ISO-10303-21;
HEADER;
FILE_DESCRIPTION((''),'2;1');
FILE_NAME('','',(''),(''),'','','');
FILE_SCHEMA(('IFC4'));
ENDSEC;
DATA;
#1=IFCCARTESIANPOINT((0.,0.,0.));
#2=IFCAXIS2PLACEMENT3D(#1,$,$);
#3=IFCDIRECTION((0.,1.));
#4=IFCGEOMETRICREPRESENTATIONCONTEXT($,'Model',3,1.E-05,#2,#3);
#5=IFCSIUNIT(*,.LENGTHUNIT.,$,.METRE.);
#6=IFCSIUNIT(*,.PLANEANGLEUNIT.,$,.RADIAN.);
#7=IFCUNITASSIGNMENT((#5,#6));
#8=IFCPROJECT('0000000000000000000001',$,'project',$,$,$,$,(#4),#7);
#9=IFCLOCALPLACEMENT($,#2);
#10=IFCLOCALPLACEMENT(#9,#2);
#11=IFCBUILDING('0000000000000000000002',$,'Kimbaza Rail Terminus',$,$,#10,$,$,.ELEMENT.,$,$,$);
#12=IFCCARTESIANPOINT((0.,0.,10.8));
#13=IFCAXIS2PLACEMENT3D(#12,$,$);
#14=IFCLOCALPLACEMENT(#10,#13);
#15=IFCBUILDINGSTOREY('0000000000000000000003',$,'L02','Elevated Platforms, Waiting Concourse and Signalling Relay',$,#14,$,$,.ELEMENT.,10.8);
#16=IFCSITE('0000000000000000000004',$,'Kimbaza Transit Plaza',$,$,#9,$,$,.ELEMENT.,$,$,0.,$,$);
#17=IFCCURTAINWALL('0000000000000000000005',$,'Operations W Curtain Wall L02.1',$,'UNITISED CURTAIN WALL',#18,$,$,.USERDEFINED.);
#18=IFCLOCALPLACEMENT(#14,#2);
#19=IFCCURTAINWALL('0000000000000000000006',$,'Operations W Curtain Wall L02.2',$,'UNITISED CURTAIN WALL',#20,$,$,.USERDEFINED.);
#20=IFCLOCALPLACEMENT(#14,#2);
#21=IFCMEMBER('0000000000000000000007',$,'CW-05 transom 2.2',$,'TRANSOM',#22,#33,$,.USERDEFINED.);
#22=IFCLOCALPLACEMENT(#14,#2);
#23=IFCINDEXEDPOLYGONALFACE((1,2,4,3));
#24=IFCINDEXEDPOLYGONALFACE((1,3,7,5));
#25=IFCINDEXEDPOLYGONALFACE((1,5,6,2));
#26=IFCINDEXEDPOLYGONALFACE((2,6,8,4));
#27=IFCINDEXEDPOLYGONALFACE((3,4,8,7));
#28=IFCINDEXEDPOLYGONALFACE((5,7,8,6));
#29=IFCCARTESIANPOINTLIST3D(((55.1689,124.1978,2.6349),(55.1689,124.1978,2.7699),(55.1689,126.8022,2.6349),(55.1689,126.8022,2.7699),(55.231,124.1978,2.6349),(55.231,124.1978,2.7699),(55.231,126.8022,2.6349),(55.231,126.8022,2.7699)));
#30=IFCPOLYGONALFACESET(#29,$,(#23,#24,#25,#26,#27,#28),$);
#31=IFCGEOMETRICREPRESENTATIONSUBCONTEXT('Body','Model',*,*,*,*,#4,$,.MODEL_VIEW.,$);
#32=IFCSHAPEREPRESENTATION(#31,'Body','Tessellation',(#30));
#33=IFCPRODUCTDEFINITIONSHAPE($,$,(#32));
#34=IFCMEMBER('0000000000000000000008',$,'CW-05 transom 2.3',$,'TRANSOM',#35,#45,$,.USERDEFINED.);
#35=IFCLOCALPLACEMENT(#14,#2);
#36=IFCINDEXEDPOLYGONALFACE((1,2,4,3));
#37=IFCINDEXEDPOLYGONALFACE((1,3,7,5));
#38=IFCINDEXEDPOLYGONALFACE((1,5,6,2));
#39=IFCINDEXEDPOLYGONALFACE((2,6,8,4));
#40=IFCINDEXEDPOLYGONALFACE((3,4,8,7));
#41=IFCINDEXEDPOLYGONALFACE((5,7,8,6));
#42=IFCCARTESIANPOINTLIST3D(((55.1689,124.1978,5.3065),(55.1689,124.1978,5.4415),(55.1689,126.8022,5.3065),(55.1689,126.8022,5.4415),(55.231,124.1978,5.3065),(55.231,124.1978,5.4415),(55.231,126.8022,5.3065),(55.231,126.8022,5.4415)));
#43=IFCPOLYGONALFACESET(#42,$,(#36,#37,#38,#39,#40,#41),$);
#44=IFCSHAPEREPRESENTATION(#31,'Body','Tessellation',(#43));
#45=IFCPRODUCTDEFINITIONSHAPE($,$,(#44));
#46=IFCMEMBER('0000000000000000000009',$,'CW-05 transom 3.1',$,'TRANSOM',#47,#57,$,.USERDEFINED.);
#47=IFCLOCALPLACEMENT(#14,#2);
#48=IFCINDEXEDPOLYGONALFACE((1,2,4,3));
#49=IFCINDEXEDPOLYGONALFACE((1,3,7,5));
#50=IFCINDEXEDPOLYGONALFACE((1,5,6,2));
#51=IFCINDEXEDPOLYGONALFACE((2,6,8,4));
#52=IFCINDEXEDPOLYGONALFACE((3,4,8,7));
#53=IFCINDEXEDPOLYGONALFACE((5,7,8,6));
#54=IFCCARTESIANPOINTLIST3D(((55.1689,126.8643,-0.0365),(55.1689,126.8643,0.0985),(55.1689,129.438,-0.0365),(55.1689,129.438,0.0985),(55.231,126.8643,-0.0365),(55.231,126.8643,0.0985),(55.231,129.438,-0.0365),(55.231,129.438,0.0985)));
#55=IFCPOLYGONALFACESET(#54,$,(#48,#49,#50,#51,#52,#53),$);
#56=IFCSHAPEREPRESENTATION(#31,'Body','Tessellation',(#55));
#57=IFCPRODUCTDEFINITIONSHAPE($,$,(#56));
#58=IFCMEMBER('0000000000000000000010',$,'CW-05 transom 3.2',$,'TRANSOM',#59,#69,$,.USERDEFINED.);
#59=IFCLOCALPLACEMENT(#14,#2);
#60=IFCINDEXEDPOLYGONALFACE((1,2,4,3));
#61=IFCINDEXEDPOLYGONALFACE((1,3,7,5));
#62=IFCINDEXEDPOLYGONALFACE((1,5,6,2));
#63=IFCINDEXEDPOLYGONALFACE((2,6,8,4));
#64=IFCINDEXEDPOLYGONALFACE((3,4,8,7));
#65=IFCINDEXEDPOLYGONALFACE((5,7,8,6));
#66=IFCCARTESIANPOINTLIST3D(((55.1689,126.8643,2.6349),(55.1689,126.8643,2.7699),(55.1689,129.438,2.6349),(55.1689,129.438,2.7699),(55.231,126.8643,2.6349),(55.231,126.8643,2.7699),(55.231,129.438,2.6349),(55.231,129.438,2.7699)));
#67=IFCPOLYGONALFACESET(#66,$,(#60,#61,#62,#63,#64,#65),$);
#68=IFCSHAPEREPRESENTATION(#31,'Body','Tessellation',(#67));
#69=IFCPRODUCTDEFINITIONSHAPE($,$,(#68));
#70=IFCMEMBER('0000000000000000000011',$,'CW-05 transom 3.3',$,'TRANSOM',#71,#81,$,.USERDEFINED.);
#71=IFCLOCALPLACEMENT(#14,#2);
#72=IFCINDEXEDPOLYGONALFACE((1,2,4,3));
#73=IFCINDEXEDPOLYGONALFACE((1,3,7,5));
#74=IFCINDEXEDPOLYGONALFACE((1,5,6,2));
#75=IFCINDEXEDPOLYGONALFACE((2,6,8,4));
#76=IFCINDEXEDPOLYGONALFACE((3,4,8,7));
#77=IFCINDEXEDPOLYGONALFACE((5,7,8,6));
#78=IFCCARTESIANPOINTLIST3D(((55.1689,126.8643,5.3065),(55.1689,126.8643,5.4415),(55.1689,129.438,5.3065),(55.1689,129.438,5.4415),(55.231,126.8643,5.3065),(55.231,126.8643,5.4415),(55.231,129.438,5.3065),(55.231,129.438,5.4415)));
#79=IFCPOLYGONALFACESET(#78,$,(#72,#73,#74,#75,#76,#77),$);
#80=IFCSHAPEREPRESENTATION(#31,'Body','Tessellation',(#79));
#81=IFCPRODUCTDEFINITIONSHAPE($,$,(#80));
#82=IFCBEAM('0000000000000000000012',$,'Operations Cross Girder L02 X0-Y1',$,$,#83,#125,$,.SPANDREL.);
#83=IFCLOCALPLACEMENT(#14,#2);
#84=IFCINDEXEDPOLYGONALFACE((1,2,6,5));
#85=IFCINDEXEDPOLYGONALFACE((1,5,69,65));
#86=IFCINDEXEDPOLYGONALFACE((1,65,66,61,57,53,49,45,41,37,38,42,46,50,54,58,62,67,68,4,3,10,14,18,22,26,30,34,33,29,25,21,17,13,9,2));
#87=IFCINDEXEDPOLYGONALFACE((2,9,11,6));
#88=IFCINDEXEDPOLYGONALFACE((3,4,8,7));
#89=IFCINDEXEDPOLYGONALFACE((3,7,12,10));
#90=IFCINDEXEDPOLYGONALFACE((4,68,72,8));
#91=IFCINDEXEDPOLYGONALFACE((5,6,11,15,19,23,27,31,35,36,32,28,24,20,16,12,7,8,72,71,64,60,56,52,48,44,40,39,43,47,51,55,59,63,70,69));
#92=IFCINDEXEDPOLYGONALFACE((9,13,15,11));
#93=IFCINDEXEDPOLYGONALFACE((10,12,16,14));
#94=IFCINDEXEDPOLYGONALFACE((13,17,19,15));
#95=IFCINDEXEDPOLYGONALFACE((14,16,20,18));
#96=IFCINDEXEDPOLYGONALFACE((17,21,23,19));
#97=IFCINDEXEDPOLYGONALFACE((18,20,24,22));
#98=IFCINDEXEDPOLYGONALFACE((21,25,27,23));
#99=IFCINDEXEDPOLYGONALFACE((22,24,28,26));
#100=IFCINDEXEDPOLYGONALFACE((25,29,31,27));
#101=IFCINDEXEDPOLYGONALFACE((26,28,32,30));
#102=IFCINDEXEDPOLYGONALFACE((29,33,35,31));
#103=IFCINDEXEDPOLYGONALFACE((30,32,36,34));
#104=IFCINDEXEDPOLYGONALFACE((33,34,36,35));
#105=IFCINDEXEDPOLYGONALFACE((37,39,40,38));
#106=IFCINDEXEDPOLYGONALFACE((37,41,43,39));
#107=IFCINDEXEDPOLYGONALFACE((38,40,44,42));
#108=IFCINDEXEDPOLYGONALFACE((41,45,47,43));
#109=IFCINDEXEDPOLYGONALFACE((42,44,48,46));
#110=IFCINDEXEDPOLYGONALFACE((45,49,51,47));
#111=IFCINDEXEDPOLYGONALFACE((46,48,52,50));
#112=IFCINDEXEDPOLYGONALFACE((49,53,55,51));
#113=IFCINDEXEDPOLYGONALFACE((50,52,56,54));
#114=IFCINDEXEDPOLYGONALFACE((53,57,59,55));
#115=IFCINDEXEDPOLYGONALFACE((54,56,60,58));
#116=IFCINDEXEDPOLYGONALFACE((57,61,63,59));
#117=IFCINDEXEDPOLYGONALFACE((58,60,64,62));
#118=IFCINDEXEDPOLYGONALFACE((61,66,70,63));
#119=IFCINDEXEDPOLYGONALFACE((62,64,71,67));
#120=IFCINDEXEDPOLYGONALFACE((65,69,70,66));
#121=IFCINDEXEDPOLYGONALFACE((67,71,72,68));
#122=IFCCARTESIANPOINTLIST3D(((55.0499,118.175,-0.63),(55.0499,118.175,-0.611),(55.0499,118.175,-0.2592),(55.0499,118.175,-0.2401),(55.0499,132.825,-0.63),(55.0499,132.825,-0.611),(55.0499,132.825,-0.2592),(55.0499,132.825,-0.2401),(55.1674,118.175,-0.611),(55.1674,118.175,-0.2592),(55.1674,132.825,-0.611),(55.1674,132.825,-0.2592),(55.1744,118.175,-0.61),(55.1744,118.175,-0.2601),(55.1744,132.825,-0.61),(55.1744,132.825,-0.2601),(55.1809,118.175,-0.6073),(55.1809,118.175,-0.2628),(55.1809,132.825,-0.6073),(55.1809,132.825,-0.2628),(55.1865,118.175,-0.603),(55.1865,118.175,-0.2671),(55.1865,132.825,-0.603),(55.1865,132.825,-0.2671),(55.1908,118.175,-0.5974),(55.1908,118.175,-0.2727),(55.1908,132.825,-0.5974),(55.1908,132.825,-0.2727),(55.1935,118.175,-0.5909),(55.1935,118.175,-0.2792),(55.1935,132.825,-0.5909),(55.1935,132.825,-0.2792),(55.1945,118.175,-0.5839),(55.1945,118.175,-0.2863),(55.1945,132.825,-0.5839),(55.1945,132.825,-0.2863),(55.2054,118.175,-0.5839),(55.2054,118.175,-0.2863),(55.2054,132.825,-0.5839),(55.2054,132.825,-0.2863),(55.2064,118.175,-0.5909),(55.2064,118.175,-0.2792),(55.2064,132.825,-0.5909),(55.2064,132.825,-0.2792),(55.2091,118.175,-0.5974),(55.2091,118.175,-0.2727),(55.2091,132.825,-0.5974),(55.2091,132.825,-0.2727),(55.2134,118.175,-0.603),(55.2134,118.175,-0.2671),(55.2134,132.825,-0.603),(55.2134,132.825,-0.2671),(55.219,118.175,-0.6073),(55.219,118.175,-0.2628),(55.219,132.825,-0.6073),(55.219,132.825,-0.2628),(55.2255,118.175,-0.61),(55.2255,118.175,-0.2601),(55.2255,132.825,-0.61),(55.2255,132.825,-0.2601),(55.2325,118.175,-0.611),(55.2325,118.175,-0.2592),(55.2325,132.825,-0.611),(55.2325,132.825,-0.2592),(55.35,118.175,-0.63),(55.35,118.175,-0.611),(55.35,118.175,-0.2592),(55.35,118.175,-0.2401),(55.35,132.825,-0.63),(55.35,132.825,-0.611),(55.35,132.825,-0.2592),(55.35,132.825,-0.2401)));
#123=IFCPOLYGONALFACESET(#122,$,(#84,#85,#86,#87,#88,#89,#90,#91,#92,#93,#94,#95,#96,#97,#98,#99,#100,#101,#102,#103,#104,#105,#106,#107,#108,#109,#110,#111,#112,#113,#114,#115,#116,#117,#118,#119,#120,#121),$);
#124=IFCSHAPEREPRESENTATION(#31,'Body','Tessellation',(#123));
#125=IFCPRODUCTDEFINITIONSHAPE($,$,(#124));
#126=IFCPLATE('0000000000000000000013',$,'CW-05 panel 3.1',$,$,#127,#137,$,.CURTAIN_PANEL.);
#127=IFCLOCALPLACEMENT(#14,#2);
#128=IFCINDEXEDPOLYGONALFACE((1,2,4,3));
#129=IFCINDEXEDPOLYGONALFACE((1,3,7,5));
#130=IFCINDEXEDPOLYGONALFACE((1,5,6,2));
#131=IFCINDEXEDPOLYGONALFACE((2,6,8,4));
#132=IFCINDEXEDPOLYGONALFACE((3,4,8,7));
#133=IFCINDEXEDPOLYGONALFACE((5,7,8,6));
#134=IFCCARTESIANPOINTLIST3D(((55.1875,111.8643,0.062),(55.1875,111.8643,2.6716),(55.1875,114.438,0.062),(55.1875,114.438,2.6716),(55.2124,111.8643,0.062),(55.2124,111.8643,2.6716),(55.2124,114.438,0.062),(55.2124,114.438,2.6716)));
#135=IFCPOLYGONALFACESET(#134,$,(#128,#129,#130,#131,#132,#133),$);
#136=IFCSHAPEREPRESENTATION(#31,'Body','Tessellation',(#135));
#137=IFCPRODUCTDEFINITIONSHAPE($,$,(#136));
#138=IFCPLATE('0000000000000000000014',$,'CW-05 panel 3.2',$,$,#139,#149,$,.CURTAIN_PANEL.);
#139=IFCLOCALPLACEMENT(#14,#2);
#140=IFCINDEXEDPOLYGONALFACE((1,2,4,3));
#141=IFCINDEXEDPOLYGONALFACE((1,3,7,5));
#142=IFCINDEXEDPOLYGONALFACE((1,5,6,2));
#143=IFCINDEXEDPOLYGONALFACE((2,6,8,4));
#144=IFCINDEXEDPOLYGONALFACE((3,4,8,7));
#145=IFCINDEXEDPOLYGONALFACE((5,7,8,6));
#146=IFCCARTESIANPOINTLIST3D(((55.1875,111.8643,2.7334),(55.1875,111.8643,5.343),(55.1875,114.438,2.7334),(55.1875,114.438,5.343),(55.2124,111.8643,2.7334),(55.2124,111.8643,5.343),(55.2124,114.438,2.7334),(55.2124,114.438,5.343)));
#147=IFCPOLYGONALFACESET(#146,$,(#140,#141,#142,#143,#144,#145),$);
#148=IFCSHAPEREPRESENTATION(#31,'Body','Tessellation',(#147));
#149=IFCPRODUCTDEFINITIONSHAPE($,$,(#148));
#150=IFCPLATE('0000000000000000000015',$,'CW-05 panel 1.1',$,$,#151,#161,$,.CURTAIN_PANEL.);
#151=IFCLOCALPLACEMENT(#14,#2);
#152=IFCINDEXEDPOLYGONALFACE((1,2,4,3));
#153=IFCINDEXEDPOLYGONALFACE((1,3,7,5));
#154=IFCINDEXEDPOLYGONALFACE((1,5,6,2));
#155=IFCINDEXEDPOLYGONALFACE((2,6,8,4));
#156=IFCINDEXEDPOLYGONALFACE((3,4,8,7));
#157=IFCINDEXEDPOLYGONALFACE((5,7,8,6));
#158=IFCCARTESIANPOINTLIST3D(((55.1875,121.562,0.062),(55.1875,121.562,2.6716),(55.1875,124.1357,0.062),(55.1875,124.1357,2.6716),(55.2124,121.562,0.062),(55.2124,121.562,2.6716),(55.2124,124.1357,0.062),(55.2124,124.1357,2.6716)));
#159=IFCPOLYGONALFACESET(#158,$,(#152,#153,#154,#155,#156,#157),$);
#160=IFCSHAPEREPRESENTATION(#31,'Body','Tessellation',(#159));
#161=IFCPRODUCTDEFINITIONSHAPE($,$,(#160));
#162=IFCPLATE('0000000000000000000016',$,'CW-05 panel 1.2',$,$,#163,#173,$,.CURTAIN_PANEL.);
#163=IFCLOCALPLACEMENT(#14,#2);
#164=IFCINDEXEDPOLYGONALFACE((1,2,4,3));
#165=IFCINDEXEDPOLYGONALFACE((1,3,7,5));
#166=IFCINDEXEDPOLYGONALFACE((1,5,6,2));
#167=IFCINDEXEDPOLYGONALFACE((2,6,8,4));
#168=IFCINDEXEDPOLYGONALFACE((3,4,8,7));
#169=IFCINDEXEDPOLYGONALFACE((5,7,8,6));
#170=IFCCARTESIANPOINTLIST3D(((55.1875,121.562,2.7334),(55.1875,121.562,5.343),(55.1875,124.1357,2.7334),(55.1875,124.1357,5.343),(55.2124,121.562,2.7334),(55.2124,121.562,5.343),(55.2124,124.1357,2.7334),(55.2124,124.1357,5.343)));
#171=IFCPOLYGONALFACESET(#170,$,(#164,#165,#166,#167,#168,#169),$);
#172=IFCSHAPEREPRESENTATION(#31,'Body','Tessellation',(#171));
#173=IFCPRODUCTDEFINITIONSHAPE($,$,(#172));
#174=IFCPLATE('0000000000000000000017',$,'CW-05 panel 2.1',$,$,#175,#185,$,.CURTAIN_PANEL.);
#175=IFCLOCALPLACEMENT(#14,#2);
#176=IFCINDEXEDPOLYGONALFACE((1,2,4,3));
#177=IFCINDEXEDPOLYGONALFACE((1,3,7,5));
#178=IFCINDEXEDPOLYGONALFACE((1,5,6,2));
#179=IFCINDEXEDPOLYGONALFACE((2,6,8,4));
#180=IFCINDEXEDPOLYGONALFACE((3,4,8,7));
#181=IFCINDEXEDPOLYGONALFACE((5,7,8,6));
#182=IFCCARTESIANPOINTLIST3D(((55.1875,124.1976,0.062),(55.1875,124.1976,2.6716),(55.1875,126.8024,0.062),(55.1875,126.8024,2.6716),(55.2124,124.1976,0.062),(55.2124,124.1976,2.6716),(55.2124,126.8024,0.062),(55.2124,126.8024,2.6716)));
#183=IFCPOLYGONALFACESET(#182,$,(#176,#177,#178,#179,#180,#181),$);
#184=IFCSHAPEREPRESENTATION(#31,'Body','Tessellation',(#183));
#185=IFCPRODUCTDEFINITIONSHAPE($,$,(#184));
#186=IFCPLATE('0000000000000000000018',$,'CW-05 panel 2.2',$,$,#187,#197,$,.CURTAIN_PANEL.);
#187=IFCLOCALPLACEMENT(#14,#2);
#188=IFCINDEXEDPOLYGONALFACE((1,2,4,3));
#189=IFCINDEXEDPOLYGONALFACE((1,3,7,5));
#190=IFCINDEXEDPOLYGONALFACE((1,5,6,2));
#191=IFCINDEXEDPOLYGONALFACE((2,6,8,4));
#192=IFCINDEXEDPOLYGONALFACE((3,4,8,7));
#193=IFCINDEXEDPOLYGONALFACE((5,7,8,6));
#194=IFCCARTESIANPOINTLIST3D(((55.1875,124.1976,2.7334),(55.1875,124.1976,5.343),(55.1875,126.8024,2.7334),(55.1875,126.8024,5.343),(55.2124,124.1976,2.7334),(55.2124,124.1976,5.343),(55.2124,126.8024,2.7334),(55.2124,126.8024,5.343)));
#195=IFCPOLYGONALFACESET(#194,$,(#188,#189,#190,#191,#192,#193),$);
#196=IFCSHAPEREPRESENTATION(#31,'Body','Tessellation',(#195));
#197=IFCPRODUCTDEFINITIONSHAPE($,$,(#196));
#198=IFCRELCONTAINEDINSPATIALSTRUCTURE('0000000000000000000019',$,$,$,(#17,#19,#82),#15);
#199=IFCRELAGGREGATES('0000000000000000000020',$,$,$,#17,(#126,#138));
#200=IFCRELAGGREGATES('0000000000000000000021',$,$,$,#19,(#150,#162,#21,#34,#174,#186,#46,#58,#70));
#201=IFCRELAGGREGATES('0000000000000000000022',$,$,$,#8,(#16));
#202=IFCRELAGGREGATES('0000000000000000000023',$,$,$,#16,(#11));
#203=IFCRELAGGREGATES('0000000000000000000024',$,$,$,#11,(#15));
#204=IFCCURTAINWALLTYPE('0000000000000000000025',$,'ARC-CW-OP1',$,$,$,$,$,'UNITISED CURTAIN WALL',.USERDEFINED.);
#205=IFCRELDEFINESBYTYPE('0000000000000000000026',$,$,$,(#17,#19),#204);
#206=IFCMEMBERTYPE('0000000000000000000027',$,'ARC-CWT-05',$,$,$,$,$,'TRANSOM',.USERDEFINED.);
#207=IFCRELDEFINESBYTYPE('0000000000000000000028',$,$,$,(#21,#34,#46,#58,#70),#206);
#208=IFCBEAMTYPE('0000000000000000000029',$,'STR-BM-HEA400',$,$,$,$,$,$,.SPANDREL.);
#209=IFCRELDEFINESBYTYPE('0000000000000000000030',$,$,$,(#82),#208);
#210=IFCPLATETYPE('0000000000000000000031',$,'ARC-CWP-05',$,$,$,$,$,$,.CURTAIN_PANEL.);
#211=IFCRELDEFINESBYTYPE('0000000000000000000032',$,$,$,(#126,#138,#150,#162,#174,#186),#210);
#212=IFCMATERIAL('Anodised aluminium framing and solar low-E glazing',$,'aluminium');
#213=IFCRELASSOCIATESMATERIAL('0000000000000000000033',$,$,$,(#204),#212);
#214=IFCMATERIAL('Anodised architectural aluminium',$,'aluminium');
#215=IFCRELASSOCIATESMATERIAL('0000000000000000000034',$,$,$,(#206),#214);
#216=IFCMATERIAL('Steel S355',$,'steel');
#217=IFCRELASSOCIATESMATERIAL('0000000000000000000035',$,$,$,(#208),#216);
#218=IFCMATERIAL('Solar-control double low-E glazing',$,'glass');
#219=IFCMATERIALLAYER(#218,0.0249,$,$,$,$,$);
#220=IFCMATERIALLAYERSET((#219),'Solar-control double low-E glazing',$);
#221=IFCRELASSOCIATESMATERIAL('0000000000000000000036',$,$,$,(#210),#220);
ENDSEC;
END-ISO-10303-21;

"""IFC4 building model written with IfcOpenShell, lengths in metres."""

from ifc_helpers import new_model, si_unit, direction, frame, origin, origin_2d, place, context, subcontext, project, spatial, rectangle, i_section, extrude, material, layer, layer_set, material_profile, profile_set, type_object, element, aggregate, save


model = new_model("IFC4")

# Units and contexts
model_context = context("Model", 3, precision=1e-05, world=origin(), true_north=direction((0.0, 1.0)))
body_context = subcontext(model_context, "Body", "Model", "MODEL_VIEW")
ifc_project = project(units=[si_unit("LENGTHUNIT", "METRE"), si_unit("PLANEANGLEUNIT", "RADIAN")], contexts=[model_context])

# Site, building, storey
site_placement = place(None, origin())
site = spatial("IfcSite", under=ifc_project, at=site_placement, Name="Kimbaza Transit Plaza", CompositionType="ELEMENT", RefElevation=0.0)
building_placement = place(site_placement, origin())
building = spatial("IfcBuilding", under=site, at=building_placement, Name="Kimbaza Rail Terminus", CompositionType="ELEMENT")
storey_placement = place(building_placement, frame((0.0, 0.0, 10.8)))
storey = spatial("IfcBuildingStorey", under=building, at=storey_placement, Name="L02", Description="Elevated Platforms, Waiting Concourse and Signalling Relay", CompositionType="ELEMENT", Elevation=10.8)

# Curtain wall
ifc_material_1 = material(Name="Anodised aluminium framing and solar low-E glazing", Category="aluminium")
curtain_wall_type = type_object("IfcCurtainWallType", Name="ARC-CW-OP1", ElementType="UNITISED CURTAIN WALL", PredefinedType="USERDEFINED", material=ifc_material_1)
curtain_wall_1_placement = place(storey_placement, origin())
curtain_wall_1 = element("IfcCurtainWall", 1, at=curtain_wall_1_placement, inside=storey, type_object=curtain_wall_type, Name="Operations W Curtain Wall L02.1", ObjectType="UNITISED CURTAIN WALL", PredefinedType="USERDEFINED")

# Curtain wall
curtain_wall_2_placement = place(storey_placement, origin())
curtain_wall_2 = element("IfcCurtainWall", 2, at=curtain_wall_2_placement, inside=storey, type_object=curtain_wall_type, Name="Operations W Curtain Wall L02.2", ObjectType="UNITISED CURTAIN WALL", PredefinedType="USERDEFINED")

# Members
ifc_material_2 = material(Name="Anodised architectural aluminium", Category="aluminium")
ifc_material_profile_1 = material_profile(ifc_material_2, rectangle(XDim=0.062, YDim=0.135, at=origin_2d()), Name="TRANSOM 62x135")
ifc_profile_set_1 = profile_set([ifc_material_profile_1], Name="Anodised architectural aluminium")
member_type_1 = type_object("IfcMemberType", Name="ARC-CWT-05", ElementType="TRANSOM", PredefinedType="USERDEFINED", material=ifc_profile_set_1)
member_1_placement = place(storey_placement, frame((55.2, 124.1978, 2.7024), z_axis=(0.0, 1.0, 0.0), x_axis=(-1.0, 0.0, 0.0)))
member_1 = element("IfcMember", 3, at=member_1_placement, type_object=member_type_1, Name="CW-05 transom 2.2", ObjectType="TRANSOM", PredefinedType="USERDEFINED", context=body_context, shape_type="SweptSolid", body=[
    extrude(rectangle(XDim=0.062, YDim=0.135, at=origin_2d()), origin(), (0.0, 0.0, 1.0), 2.6045),
])
member_2_placement = place(storey_placement, frame((55.2, 124.1978, 5.374), z_axis=(0.0, 1.0, 0.0), x_axis=(-1.0, 0.0, 0.0)))
member_2 = element("IfcMember", 4, at=member_2_placement, type_object=member_type_1, Name="CW-05 transom 2.3", ObjectType="TRANSOM", PredefinedType="USERDEFINED", context=body_context, shape_type="SweptSolid", body=[
    extrude(rectangle(XDim=0.062, YDim=0.135, at=origin_2d()), origin(), (0.0, 0.0, 1.0), 2.6045),
])
member_3_placement = place(storey_placement, frame((55.2, 126.8643, 0.031), z_axis=(0.0, 1.0, 0.0), x_axis=(-1.0, 0.0, 0.0)))
member_3 = element("IfcMember", 5, at=member_3_placement, type_object=member_type_1, Name="CW-05 transom 3.1", ObjectType="TRANSOM", PredefinedType="USERDEFINED", context=body_context, shape_type="SweptSolid", body=[
    extrude(rectangle(XDim=0.062, YDim=0.135, at=origin_2d()), origin(), (0.0, 0.0, 1.0), 2.5737),
])
member_4_placement = place(storey_placement, frame((55.2, 126.8643, 2.7024), z_axis=(0.0, 1.0, 0.0), x_axis=(-1.0, 0.0, 0.0)))
member_4 = element("IfcMember", 6, at=member_4_placement, type_object=member_type_1, Name="CW-05 transom 3.2", ObjectType="TRANSOM", PredefinedType="USERDEFINED", context=body_context, shape_type="SweptSolid", body=[
    extrude(rectangle(XDim=0.062, YDim=0.135, at=origin_2d()), origin(), (0.0, 0.0, 1.0), 2.5737),
])
member_5_placement = place(storey_placement, frame((55.2, 126.8643, 5.374), z_axis=(0.0, 1.0, 0.0), x_axis=(-1.0, 0.0, 0.0)))
member_5 = element("IfcMember", 7, at=member_5_placement, type_object=member_type_1, Name="CW-05 transom 3.3", ObjectType="TRANSOM", PredefinedType="USERDEFINED", context=body_context, shape_type="SweptSolid", body=[
    extrude(rectangle(XDim=0.062, YDim=0.135, at=origin_2d()), origin(), (0.0, 0.0, 1.0), 2.5737),
])

# Beam
ifc_material_3 = material(Name="Steel S355", Category="steel")
ifc_material_profile_2 = material_profile(ifc_material_3, i_section(OverallWidth=0.3, OverallDepth=0.3899, WebThickness=0.011, FlangeThickness=0.019, FilletRadius=0.0271, at=origin_2d()), Name="HEA 400")
ifc_profile_set_2 = profile_set([ifc_material_profile_2], Name="Steel S355")
beam_type = type_object("IfcBeamType", Name="STR-BM-HEA400", PredefinedType="SPANDREL", material=ifc_profile_set_2)
beam_placement = place(storey_placement, frame((55.2, 118.175, -0.4351), z_axis=(0.0, 1.0, 0.0), x_axis=(-1.0, 0.0, 0.0)))
element("IfcBeam", 8, at=beam_placement, inside=storey, type_object=beam_type, Name="Operations Cross Girder L02 X0-Y1", PredefinedType="SPANDREL", context=body_context, shape_type="SweptSolid", body=[
    extrude(i_section(OverallWidth=0.3, OverallDepth=0.3899, WebThickness=0.011, FlangeThickness=0.019, FilletRadius=0.0271, at=origin_2d()), origin(), (0.0, 0.0, 1.0), 14.6499),
])

# Plates
ifc_material_4 = material(Name="Solar-control double low-E glazing", Category="glass")
ifc_layer_1 = layer(ifc_material_4, 0.0249)
ifc_layer_set_1 = layer_set([ifc_layer_1], Name="Solar-control double low-E glazing")
plate_type = type_object("IfcPlateType", Name="ARC-CWP-05", PredefinedType="CURTAIN_PANEL", material=ifc_layer_set_1)
plate_1_placement = place(storey_placement, frame((55.2, 113.1511, 0.062), z_axis=(0.0, 0.0, 1.0), x_axis=(0.0, 1.0, 0.0)))
plate_1 = element("IfcPlate", 9, at=plate_1_placement, type_object=plate_type, Name="CW-05 panel 3.1", PredefinedType="CURTAIN_PANEL", context=body_context, shape_type="SweptSolid", body=[
    extrude(rectangle(XDim=2.5737, YDim=0.0249, at=origin_2d()), origin(), (0.0, 0.0, 1.0), 2.6096),
])
plate_2_placement = place(storey_placement, frame((55.2, 113.1511, 2.7334), z_axis=(0.0, 0.0, 1.0), x_axis=(0.0, 1.0, 0.0)))
plate_2 = element("IfcPlate", 10, at=plate_2_placement, type_object=plate_type, Name="CW-05 panel 3.2", PredefinedType="CURTAIN_PANEL", context=body_context, shape_type="SweptSolid", body=[
    extrude(rectangle(XDim=2.5737, YDim=0.0249, at=origin_2d()), origin(), (0.0, 0.0, 1.0), 2.6096),
])
aggregate(curtain_wall_1, [plate_1, plate_2])
plate_3_placement = place(storey_placement, frame((55.2, 122.8489, 0.062), z_axis=(0.0, 0.0, 1.0), x_axis=(0.0, 1.0, 0.0)))
plate_3 = element("IfcPlate", 11, at=plate_3_placement, type_object=plate_type, Name="CW-05 panel 1.1", PredefinedType="CURTAIN_PANEL", context=body_context, shape_type="SweptSolid", body=[
    extrude(rectangle(XDim=2.5737, YDim=0.0249, at=origin_2d()), origin(), (0.0, 0.0, 1.0), 2.6096),
])
plate_4_placement = place(storey_placement, frame((55.2, 122.8489, 2.7334), z_axis=(0.0, 0.0, 1.0), x_axis=(0.0, 1.0, 0.0)))
plate_4 = element("IfcPlate", 12, at=plate_4_placement, type_object=plate_type, Name="CW-05 panel 1.2", PredefinedType="CURTAIN_PANEL", context=body_context, shape_type="SweptSolid", body=[
    extrude(rectangle(XDim=2.5737, YDim=0.0249, at=origin_2d()), origin(), (0.0, 0.0, 1.0), 2.6096),
])
plate_5_placement = place(storey_placement, frame((55.2, 125.5, 0.062), z_axis=(0.0, 0.0, 1.0), x_axis=(0.0, 1.0, 0.0)))
plate_5 = element("IfcPlate", 13, at=plate_5_placement, type_object=plate_type, Name="CW-05 panel 2.1", PredefinedType="CURTAIN_PANEL", context=body_context, shape_type="SweptSolid", body=[
    extrude(rectangle(XDim=2.6047, YDim=0.0249, at=origin_2d()), origin(), (0.0, 0.0, 1.0), 2.6096),
])
plate_6_placement = place(storey_placement, frame((55.2, 125.5, 2.7334), z_axis=(0.0, 0.0, 1.0), x_axis=(0.0, 1.0, 0.0)))
plate_6 = element("IfcPlate", 14, at=plate_6_placement, type_object=plate_type, Name="CW-05 panel 2.2", PredefinedType="CURTAIN_PANEL", context=body_context, shape_type="SweptSolid", body=[
    extrude(rectangle(XDim=2.6047, YDim=0.0249, at=origin_2d()), origin(), (0.0, 0.0, 1.0), 2.6096),
])
aggregate(curtain_wall_2, [plate_3, plate_4, member_1, member_2, plate_5, plate_6, member_3, member_4, member_5])

save(model, "model.ifc")
